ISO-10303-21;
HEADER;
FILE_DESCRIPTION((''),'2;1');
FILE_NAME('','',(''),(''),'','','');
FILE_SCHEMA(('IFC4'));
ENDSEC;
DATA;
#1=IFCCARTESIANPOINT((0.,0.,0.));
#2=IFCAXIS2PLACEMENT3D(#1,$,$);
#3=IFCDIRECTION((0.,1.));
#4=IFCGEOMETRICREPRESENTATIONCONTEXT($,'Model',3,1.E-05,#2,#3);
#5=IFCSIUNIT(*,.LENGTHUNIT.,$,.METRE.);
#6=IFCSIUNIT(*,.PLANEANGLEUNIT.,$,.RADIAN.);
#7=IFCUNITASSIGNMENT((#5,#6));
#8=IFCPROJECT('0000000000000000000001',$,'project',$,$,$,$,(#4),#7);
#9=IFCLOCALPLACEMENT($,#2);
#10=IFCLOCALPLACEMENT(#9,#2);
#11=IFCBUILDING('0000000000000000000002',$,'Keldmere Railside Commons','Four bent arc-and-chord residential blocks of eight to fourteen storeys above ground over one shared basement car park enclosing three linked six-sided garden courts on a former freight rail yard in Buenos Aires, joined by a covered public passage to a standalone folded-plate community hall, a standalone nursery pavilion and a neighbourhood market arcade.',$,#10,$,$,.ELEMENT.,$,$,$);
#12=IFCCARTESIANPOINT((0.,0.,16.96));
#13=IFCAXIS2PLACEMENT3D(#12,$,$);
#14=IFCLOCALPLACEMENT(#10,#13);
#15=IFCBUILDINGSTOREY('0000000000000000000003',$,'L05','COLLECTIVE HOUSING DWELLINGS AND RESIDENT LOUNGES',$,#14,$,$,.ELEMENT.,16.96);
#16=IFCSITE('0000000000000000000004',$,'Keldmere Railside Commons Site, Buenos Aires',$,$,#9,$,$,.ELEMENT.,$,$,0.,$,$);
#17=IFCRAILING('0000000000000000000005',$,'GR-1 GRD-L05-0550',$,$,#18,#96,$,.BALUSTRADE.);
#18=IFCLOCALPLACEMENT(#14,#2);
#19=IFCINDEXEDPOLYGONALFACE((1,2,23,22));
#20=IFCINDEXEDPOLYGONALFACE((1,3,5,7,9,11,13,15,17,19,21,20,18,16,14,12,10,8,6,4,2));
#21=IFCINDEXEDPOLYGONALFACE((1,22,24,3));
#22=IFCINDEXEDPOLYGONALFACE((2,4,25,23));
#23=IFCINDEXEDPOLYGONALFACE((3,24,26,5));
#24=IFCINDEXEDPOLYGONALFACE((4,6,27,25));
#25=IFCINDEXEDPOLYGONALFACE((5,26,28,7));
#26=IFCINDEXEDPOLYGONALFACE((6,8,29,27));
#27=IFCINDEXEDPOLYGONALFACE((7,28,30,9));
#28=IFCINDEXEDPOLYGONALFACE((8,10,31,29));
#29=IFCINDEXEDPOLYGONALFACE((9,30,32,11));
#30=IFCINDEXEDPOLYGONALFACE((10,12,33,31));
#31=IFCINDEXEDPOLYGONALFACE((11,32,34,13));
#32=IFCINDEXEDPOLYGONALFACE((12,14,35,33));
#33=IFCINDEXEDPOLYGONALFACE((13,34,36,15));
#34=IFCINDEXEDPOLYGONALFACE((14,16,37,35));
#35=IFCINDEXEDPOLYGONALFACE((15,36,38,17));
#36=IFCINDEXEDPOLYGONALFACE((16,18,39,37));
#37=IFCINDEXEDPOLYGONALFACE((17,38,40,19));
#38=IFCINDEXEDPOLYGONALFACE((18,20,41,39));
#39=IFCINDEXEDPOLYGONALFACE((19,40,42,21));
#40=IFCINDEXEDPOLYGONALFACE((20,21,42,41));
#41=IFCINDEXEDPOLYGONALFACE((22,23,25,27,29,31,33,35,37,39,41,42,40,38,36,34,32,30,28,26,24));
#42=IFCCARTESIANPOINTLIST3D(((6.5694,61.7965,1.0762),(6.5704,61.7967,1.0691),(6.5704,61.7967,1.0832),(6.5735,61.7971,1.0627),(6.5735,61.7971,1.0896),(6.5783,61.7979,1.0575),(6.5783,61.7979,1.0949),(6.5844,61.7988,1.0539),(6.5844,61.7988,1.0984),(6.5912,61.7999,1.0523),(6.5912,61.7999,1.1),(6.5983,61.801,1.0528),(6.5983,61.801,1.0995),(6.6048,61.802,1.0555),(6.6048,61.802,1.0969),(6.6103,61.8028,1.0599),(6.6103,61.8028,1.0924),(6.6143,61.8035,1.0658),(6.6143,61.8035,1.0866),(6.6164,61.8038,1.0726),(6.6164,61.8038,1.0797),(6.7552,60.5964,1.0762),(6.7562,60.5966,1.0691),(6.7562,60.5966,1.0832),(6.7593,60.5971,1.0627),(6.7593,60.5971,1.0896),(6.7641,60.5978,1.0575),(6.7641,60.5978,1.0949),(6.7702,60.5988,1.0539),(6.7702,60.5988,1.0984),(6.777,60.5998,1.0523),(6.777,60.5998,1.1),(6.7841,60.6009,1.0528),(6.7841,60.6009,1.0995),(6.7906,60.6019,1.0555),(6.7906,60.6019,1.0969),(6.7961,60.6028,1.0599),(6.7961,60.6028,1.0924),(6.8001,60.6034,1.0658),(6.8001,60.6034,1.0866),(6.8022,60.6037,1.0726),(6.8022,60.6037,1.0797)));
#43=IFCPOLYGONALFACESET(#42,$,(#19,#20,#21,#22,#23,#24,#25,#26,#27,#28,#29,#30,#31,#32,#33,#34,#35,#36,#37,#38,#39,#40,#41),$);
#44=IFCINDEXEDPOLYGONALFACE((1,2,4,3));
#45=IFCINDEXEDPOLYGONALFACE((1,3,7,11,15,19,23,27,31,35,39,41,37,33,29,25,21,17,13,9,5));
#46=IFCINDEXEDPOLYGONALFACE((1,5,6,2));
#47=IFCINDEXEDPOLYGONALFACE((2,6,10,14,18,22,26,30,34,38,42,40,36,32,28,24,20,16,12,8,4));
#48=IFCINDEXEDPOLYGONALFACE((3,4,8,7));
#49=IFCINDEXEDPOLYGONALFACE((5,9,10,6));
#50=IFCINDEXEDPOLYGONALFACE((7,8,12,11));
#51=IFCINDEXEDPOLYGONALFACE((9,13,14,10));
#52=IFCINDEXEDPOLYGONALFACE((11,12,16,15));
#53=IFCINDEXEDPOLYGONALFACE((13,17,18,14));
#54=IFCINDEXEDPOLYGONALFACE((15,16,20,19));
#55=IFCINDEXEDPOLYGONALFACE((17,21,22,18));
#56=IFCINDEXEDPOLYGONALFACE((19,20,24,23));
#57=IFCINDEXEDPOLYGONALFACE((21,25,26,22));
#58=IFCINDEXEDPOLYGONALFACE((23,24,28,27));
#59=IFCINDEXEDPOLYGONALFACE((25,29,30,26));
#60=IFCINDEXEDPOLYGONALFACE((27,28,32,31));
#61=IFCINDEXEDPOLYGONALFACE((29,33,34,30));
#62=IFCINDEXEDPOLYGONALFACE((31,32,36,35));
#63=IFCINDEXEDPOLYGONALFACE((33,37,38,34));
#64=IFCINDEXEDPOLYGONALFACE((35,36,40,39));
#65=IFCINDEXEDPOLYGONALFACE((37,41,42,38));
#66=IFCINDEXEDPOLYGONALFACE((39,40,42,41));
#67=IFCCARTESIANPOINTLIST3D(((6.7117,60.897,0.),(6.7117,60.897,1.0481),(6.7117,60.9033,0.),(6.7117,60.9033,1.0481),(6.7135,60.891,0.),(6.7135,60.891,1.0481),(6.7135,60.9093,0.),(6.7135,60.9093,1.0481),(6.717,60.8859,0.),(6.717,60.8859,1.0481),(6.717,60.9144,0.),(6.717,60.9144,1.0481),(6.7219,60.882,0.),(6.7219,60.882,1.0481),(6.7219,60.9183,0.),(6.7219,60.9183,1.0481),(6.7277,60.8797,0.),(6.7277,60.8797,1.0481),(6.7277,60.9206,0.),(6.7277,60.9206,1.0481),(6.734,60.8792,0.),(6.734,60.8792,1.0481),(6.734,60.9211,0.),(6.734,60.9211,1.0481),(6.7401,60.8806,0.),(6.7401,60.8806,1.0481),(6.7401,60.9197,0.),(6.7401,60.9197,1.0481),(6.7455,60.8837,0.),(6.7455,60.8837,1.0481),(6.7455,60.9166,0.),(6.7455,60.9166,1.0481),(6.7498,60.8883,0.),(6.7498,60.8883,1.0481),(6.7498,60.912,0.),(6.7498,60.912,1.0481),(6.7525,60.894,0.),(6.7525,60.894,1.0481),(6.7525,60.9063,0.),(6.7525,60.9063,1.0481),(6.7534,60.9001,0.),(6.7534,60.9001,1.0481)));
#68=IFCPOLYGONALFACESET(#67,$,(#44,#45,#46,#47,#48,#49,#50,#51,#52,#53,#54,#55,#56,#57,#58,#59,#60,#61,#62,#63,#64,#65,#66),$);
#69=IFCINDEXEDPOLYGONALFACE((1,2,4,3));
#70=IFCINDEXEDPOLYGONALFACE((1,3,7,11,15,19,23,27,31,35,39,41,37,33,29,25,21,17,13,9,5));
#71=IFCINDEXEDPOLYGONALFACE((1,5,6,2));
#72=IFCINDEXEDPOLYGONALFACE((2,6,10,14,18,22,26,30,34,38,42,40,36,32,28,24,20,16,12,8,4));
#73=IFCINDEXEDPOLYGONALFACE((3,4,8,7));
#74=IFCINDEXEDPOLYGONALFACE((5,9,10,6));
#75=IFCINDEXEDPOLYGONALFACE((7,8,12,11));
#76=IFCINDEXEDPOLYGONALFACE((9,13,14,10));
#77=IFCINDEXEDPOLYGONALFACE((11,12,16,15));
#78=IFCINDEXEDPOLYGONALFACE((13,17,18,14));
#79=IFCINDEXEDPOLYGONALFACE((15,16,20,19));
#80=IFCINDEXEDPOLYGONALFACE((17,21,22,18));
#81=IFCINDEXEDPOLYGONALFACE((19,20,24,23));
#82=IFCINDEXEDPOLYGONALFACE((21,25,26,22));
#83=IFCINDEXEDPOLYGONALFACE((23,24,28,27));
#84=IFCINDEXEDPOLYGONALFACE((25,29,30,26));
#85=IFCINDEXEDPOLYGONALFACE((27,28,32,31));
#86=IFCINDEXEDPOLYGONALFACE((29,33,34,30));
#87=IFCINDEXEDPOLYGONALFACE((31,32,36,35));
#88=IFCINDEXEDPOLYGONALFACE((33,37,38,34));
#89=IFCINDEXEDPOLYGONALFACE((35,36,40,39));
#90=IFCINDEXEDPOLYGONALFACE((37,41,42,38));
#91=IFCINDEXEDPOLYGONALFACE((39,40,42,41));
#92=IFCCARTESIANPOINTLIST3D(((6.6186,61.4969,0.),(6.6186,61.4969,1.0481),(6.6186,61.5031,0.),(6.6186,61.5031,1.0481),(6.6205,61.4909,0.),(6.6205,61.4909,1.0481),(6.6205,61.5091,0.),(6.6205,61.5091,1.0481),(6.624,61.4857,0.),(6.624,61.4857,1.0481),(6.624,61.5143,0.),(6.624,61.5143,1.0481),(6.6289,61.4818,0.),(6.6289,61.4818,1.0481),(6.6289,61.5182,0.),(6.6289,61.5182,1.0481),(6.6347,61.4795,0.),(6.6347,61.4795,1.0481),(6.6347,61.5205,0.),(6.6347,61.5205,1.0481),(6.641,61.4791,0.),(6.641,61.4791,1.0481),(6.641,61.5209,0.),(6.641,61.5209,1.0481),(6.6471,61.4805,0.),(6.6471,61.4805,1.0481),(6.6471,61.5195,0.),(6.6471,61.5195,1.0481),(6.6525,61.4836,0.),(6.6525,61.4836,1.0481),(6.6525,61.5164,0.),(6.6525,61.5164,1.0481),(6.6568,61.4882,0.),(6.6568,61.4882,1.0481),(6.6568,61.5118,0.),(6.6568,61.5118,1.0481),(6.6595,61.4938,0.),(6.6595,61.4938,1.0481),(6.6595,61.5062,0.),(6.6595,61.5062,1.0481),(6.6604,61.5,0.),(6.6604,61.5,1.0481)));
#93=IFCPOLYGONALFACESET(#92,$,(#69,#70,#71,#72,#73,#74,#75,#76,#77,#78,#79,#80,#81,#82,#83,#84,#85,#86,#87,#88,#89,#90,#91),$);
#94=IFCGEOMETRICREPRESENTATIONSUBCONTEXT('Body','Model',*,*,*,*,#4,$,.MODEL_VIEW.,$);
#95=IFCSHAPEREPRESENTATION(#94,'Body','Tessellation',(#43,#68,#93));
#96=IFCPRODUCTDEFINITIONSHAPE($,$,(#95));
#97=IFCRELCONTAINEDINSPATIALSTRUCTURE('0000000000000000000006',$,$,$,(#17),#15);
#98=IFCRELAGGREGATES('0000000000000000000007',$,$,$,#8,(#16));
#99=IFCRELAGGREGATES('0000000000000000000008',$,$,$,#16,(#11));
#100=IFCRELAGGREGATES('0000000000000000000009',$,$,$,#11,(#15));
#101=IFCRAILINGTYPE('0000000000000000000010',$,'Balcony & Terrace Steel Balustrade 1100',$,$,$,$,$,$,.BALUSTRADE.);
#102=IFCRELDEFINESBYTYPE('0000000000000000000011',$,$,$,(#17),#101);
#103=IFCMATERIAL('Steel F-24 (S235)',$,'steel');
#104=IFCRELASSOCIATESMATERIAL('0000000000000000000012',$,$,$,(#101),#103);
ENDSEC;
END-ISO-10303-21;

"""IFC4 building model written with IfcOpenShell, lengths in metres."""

from ifc_helpers import new_model, si_unit, direction, frame, origin, origin_2d, place, context, subcontext, project, spatial, circle, extrude, material, type_object, element, save


model = new_model("IFC4")

# Units and contexts
model_context = context("Model", 3, precision=1e-05, world=origin(), true_north=direction((0.0, 1.0)))
body_context = subcontext(model_context, "Body", "Model", "MODEL_VIEW")
ifc_project = project(units=[si_unit("LENGTHUNIT", "METRE"), si_unit("PLANEANGLEUNIT", "RADIAN")], contexts=[model_context])

# Site, building, storey
site_placement = place(None, origin())
site = spatial("IfcSite", under=ifc_project, at=site_placement, Name="Keldmere Railside Commons Site, Buenos Aires", CompositionType="ELEMENT", RefElevation=0.0)
building_placement = place(site_placement, origin())
building = spatial("IfcBuilding", under=site, at=building_placement, Name="Keldmere Railside Commons", Description="Four bent arc-and-chord residential blocks of eight to fourteen storeys above ground over one shared basement car park enclosing three linked six-sided garden courts on a former freight rail yard in Buenos Aires, joined by a covered public passage to a standalone folded-plate community hall, a standalone nursery pavilion and a neighbourhood market arcade.", CompositionType="ELEMENT")
storey_placement = place(building_placement, frame((0.0, 0.0, 16.96)))
storey = spatial("IfcBuildingStorey", under=building, at=storey_placement, Name="L05", Description="COLLECTIVE HOUSING DWELLINGS AND RESIDENT LOUNGES", CompositionType="ELEMENT", Elevation=16.96)

# Railing
ifc_material_1 = material(Name="Steel F-24 (S235)", Category="steel")
railing_type = type_object("IfcRailingType", Name="Balcony & Terrace Steel Balustrade 1100", PredefinedType="BALUSTRADE", material=ifc_material_1)
railing_1_placement = place(storey_placement, frame((6.7788, 60.6001, 0.0)))
element("IfcRailing", 1, at=railing_1_placement, inside=storey, type_object=railing_type, Name="GR-1 GRD-L05-0550", PredefinedType="BALUSTRADE", context=body_context, shape_type="SweptSolid", body=[
    extrude(circle(Radius=0.0239, at=origin_2d()), frame((0.0, 0.0, 1.0762), z_axis=(-0.153009, 0.988225, 0.0), x_axis=(-0.988225, -0.153009, 0.0)), (0.0, 0.0, 1.0), 1.2144),
    extrude(circle(Radius=0.021, at=origin_2d()), frame((-0.0464, 0.3, 0.0)), (0.0, 0.0, 1.0), 1.0481),
    extrude(circle(Radius=0.021, at=origin_2d()), frame((-0.1394, 0.8999, 0.0)), (0.0, 0.0, 1.0), 1.0481),
])

save(model, "model.ifc")
